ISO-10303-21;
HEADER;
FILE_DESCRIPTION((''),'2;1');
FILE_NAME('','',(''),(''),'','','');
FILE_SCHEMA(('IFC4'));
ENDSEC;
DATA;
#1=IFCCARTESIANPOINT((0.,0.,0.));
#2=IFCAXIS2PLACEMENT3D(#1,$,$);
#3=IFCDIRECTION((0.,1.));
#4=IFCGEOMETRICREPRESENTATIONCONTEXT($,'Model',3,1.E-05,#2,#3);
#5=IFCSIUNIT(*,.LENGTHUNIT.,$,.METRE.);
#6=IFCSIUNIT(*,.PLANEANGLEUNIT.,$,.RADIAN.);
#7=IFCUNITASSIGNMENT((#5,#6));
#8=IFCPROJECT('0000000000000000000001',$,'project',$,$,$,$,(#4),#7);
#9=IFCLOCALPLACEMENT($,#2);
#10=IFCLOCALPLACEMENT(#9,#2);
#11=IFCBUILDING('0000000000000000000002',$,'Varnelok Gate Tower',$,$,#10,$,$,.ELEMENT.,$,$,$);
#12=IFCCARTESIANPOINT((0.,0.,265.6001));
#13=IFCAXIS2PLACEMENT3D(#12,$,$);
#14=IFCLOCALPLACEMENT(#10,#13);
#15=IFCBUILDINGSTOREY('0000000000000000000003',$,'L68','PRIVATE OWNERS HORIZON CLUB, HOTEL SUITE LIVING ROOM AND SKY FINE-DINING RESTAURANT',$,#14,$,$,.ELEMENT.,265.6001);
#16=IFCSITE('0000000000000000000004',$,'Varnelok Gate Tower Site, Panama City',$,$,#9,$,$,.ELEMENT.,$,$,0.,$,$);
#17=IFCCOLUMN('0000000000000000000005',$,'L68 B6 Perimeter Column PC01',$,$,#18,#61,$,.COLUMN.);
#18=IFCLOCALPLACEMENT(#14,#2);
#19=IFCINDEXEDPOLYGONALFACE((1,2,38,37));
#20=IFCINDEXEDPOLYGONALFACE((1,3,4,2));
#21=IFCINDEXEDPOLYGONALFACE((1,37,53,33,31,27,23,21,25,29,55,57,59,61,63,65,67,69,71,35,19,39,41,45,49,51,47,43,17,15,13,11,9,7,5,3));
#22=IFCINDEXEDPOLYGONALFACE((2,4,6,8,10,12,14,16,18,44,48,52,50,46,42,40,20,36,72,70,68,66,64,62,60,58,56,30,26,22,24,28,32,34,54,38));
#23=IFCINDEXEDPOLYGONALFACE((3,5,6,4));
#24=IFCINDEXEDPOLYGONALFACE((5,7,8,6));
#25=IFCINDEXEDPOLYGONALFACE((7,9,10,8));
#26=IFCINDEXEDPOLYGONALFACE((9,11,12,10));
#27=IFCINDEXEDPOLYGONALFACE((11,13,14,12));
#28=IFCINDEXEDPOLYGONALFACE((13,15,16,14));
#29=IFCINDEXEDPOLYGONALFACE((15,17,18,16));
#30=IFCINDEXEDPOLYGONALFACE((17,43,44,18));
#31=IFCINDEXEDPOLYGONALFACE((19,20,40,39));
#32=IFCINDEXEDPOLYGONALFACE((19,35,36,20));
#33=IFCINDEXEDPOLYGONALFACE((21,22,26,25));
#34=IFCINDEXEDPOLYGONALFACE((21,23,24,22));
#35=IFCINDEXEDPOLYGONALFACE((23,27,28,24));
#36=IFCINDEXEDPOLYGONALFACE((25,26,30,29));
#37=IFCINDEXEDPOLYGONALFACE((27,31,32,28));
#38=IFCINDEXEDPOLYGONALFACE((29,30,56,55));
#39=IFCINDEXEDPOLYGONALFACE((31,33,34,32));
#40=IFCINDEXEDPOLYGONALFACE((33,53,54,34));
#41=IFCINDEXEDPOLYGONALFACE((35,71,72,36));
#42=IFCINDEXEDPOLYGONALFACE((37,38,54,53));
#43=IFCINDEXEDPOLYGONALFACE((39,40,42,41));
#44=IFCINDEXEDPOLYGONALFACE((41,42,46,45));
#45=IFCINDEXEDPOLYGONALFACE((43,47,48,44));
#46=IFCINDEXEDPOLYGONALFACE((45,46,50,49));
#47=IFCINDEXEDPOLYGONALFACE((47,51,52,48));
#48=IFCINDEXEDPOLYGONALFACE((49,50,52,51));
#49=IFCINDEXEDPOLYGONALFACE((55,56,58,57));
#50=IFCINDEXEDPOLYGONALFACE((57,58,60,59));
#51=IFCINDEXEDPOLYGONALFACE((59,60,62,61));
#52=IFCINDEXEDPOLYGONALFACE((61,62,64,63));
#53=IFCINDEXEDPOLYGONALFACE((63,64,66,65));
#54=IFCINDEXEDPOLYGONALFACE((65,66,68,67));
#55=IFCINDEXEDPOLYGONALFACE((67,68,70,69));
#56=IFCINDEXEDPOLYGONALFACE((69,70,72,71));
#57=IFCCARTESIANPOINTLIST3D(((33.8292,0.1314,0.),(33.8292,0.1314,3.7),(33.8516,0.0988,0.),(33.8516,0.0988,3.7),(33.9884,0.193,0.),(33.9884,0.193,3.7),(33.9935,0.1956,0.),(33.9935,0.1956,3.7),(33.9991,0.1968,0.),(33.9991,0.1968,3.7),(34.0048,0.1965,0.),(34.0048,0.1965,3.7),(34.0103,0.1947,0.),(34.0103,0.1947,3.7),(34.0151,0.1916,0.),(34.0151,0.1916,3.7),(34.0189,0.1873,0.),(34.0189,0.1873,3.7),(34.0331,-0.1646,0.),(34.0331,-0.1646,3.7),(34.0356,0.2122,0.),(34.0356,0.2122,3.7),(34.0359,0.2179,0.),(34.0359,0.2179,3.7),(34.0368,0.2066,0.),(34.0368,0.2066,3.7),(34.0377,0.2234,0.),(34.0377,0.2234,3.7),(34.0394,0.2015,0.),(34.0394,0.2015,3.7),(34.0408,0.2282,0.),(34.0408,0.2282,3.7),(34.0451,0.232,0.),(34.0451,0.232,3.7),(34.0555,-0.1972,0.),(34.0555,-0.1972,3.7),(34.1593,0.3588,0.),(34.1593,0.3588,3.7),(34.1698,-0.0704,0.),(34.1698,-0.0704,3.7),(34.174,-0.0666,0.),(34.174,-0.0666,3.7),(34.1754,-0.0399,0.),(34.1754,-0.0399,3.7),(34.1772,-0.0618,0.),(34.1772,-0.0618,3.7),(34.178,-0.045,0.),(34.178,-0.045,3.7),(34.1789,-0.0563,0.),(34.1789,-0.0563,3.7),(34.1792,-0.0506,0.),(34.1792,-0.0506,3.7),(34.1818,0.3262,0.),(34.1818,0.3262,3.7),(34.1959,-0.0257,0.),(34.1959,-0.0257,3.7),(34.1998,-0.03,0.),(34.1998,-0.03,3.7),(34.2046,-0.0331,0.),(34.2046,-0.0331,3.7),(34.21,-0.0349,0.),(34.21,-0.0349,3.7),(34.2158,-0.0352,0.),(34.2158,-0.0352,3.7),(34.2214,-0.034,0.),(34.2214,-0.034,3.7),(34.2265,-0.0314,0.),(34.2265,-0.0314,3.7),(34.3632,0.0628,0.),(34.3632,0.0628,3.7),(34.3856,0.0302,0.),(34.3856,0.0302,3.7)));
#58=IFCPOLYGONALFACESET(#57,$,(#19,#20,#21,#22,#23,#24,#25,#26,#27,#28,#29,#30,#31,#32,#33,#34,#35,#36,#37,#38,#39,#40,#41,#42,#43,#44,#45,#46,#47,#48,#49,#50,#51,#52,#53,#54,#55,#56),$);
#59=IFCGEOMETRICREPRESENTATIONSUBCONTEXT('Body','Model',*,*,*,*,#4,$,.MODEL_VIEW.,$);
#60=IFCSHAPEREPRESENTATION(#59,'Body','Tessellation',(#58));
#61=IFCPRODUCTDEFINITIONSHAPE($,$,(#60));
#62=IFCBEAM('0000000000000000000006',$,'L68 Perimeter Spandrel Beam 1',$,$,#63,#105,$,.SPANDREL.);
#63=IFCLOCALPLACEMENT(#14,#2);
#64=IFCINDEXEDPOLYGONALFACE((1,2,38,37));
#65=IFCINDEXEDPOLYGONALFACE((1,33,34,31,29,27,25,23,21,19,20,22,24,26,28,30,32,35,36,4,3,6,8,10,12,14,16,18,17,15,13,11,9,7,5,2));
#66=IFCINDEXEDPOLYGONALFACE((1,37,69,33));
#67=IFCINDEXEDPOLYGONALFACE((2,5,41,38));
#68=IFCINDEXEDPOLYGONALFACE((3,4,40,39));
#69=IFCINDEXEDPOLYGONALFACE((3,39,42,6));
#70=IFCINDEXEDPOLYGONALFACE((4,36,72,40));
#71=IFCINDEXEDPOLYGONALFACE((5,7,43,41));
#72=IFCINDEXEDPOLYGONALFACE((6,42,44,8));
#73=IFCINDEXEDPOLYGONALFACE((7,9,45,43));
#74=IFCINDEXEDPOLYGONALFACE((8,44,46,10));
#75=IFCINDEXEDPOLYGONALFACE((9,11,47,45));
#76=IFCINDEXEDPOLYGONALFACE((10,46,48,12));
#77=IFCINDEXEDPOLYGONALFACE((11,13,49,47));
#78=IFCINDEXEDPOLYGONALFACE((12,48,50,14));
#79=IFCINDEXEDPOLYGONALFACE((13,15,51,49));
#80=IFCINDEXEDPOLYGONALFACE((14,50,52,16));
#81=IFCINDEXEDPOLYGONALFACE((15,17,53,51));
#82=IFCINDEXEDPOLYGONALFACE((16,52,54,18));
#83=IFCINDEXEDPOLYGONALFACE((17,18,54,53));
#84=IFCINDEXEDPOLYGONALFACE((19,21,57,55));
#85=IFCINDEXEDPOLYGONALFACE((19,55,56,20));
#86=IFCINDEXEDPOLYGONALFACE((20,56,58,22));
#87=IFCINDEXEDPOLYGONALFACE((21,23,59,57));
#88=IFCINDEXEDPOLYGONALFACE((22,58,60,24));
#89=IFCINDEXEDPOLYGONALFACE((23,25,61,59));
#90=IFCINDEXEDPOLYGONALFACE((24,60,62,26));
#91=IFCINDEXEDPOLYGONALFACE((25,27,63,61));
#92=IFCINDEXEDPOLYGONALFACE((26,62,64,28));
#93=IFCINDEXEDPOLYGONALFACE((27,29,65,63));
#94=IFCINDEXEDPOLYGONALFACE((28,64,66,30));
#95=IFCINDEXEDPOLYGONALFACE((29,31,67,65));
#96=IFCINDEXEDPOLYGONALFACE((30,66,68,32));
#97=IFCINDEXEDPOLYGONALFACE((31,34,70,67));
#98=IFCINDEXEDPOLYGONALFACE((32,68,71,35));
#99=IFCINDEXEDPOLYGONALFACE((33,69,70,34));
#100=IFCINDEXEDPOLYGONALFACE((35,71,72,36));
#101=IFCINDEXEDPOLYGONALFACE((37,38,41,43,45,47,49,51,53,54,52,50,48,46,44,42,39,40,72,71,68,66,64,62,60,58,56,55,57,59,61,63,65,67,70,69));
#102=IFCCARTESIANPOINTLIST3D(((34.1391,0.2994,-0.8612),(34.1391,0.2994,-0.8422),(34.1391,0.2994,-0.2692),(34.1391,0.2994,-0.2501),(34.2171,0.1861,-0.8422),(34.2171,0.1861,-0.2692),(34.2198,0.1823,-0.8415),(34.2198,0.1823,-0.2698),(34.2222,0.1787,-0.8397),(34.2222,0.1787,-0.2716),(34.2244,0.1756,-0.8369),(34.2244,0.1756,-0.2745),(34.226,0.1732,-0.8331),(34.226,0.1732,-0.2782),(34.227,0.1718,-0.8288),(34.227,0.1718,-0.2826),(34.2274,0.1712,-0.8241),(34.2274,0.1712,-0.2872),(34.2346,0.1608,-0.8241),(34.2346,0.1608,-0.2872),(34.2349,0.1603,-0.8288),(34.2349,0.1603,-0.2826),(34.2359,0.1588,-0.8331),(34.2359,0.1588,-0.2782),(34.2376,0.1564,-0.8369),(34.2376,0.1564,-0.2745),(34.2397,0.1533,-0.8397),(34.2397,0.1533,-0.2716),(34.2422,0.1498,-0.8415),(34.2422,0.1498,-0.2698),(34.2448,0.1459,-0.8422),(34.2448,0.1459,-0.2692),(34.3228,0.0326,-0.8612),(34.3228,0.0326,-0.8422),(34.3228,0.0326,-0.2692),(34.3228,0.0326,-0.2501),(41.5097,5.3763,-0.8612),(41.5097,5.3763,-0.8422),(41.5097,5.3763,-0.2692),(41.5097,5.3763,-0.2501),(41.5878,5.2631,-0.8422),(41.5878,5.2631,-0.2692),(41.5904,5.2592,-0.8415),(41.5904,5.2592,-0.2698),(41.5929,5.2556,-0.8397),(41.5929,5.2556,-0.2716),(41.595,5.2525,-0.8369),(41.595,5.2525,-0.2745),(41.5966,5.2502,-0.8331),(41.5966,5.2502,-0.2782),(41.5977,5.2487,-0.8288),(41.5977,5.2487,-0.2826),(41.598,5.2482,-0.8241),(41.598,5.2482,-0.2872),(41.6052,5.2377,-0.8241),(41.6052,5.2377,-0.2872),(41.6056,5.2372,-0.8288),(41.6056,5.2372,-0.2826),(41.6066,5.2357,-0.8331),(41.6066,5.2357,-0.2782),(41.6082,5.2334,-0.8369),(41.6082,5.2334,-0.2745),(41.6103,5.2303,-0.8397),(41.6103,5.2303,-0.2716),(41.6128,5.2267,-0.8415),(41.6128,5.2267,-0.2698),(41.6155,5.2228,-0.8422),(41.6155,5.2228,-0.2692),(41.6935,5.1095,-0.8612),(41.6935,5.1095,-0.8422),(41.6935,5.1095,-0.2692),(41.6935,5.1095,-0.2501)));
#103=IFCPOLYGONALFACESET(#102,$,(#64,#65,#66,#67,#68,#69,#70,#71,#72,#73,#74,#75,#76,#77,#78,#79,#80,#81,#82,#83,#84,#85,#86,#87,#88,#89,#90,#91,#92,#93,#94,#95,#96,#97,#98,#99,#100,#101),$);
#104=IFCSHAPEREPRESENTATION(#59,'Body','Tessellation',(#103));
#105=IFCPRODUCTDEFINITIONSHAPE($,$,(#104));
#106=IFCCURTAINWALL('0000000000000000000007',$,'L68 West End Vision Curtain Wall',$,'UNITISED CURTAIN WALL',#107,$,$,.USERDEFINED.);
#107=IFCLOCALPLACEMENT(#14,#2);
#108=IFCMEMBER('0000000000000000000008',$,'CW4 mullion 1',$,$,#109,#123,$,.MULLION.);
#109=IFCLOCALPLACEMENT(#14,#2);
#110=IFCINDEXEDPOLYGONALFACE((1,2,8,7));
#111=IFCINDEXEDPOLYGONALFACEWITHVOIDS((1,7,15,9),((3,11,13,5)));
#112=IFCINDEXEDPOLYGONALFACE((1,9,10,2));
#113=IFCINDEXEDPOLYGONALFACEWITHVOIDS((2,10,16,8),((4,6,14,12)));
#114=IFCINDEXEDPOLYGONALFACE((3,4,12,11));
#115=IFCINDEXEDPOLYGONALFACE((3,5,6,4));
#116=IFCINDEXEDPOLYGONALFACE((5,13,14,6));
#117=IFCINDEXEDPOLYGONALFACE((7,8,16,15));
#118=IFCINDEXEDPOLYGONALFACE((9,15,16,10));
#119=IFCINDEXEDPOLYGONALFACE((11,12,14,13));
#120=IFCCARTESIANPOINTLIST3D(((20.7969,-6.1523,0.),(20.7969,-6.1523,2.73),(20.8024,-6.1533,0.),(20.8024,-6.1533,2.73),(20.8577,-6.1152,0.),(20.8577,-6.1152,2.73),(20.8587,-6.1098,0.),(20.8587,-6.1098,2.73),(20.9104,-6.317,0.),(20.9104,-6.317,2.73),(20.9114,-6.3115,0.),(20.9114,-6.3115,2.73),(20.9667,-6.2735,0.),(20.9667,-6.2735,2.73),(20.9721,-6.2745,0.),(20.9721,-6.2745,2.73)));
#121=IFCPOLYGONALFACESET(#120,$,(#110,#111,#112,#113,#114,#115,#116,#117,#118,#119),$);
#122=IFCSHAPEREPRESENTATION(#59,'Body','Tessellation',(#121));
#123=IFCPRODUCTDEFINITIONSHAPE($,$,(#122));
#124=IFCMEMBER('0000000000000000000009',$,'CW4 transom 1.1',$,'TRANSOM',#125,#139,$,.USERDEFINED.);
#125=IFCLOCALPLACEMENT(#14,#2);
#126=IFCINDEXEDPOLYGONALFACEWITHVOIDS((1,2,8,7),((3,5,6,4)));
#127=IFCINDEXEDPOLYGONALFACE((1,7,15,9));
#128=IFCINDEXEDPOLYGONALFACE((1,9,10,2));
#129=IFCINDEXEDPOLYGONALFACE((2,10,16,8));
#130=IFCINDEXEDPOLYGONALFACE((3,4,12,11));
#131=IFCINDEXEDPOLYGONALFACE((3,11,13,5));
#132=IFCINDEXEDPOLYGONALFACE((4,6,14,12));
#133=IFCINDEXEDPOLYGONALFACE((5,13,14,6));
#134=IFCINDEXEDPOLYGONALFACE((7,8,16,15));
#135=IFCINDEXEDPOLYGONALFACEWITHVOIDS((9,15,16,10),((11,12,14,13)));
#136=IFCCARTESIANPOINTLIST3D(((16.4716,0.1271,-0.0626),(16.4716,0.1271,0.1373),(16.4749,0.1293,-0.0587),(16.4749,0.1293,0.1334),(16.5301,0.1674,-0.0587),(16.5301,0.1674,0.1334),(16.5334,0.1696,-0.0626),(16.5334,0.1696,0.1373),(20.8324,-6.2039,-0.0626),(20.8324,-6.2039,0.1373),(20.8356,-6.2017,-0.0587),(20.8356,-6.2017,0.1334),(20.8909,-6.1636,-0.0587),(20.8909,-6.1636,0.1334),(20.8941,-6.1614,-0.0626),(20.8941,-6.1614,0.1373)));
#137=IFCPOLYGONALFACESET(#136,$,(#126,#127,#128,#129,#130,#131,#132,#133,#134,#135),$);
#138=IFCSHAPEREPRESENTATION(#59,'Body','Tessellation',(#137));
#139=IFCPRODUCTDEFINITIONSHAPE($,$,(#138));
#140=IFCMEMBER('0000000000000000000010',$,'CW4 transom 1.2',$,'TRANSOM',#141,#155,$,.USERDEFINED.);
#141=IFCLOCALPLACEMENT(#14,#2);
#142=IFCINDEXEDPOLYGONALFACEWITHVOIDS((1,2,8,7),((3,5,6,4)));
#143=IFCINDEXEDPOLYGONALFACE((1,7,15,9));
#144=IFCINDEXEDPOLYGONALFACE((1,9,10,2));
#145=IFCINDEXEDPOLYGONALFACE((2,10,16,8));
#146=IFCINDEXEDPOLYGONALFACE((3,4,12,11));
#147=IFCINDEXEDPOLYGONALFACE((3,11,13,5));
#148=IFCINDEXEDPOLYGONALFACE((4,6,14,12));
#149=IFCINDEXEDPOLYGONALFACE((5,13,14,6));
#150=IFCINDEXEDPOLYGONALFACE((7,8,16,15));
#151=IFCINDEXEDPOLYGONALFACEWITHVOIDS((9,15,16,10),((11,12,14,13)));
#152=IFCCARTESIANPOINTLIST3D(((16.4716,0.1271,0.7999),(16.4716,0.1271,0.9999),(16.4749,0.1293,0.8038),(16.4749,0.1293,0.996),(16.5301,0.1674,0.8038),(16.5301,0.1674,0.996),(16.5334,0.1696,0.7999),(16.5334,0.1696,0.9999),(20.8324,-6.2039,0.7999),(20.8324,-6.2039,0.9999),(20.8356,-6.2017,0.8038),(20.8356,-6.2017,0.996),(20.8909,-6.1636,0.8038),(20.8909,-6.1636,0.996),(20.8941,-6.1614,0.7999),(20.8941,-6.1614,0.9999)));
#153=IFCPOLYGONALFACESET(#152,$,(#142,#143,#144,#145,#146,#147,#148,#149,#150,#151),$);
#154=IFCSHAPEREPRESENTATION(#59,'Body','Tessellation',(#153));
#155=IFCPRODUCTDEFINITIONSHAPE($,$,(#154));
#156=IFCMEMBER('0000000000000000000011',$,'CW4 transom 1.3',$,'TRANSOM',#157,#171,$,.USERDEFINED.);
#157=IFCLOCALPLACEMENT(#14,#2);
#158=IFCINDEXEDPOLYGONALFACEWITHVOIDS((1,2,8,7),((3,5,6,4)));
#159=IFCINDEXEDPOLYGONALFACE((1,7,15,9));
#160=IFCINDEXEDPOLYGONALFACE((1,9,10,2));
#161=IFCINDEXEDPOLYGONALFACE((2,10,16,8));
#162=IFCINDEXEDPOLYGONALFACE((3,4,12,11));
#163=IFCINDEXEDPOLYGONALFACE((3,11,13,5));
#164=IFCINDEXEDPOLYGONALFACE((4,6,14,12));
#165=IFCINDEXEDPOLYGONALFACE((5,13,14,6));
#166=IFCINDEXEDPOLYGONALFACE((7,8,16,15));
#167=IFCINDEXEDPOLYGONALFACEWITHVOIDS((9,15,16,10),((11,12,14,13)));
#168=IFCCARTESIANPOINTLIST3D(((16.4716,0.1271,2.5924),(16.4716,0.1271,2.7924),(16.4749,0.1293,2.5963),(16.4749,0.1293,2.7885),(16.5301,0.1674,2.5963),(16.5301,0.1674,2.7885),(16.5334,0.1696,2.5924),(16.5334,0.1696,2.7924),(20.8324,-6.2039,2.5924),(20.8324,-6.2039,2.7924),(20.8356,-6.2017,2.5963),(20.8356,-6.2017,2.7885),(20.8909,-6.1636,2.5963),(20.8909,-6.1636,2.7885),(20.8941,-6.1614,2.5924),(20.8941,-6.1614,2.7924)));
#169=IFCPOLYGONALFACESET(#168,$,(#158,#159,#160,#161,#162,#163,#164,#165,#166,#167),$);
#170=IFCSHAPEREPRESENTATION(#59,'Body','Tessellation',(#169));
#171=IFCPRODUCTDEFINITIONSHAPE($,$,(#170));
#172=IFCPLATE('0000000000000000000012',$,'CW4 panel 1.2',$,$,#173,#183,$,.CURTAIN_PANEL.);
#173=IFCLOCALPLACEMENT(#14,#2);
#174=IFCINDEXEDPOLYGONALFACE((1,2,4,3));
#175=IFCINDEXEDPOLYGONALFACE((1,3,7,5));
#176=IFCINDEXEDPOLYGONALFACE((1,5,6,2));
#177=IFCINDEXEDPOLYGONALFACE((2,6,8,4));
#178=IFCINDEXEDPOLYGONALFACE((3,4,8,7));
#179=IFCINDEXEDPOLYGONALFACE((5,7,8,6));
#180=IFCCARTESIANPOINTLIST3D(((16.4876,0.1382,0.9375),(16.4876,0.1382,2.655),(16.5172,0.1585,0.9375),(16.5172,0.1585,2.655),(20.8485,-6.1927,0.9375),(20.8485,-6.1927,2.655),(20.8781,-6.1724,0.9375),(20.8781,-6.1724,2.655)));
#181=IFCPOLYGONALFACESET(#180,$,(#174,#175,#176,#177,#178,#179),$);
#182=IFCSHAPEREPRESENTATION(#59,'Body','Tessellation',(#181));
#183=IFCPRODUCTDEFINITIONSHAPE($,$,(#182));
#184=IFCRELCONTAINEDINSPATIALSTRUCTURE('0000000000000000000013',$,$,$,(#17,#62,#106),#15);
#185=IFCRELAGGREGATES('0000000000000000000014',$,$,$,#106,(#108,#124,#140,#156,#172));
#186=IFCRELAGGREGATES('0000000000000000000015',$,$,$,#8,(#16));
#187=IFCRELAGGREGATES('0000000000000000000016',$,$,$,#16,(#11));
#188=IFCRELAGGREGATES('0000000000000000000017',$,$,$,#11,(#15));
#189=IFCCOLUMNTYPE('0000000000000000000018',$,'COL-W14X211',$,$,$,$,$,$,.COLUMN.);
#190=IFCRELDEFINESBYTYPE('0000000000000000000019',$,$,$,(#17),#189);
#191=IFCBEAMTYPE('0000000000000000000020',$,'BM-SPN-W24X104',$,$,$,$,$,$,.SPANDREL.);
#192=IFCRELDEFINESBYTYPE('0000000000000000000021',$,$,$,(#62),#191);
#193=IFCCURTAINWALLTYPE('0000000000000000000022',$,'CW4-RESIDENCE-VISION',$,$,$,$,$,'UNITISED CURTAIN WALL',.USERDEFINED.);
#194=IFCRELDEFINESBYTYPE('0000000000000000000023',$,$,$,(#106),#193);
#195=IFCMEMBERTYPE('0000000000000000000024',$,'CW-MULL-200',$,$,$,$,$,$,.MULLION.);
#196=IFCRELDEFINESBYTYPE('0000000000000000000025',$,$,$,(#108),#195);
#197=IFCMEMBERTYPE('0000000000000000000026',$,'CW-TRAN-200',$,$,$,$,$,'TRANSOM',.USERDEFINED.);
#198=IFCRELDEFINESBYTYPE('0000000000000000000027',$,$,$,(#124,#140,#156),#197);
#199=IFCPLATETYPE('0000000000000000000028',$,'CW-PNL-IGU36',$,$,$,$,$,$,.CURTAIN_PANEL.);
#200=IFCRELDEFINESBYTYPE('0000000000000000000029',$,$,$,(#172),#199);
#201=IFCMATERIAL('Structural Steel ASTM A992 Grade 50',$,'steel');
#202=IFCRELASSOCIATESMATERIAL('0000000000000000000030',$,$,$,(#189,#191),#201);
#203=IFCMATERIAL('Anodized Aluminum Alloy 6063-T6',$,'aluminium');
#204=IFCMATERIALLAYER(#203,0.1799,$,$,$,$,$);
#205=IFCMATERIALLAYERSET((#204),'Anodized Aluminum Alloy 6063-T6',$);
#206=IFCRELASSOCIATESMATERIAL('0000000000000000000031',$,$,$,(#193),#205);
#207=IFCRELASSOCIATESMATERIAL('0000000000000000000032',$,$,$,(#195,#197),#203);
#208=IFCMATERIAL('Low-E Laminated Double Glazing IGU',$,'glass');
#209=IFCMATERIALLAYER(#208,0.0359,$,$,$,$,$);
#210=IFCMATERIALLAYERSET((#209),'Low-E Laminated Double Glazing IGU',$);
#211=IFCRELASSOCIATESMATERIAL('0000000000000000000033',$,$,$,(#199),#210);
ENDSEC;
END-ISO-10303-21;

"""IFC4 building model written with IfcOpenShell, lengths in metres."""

from ifc_helpers import new_model, si_unit, direction, frame, origin, origin_2d, place, context, subcontext, project, spatial, rectangle, hollow_rectangle, i_section, extrude, source, transform, mapped, material, layer, layer_set, material_profile, profile_set, type_object, element, aggregate, save


model = new_model("IFC4")

# Units and contexts
model_context = context("Model", 3, precision=1e-05, world=origin(), true_north=direction((0.0, 1.0)))
body_context = subcontext(model_context, "Body", "Model", "MODEL_VIEW")
ifc_project = project(units=[si_unit("LENGTHUNIT", "METRE"), si_unit("PLANEANGLEUNIT", "RADIAN")], contexts=[model_context])

# Site, building, storey
site_placement = place(None, origin())
site = spatial("IfcSite", under=ifc_project, at=site_placement, Name="Varnelok Gate Tower Site, Panama City", CompositionType="ELEMENT", RefElevation=0.0)
building_placement = place(site_placement, origin())
building = spatial("IfcBuilding", under=site, at=building_placement, Name="Varnelok Gate Tower", CompositionType="ELEMENT")
storey_placement = place(building_placement, frame((0.0, 0.0, 265.6001)))
storey = spatial("IfcBuildingStorey", under=building, at=storey_placement, Name="L68", Description="PRIVATE OWNERS HORIZON CLUB, HOTEL SUITE LIVING ROOM AND SKY FINE-DINING RESTAURANT", CompositionType="ELEMENT", Elevation=265.6001)

# Column
ifc_material_1 = material(Name="Structural Steel ASTM A992 Grade 50", Category="steel")
ifc_material_profile_1 = material_profile(ifc_material_1, i_section(OverallWidth=0.4009, OverallDepth=0.3989, WebThickness=0.0249, FlangeThickness=0.0396, FilletRadius=0.022, at=origin_2d()), Name="W14X211")
ifc_profile_set_1 = profile_set([ifc_material_profile_1], Name="Structural Steel ASTM A992 Grade 50")
column_type = type_object("IfcColumnType", Name="COL-W14X211", PredefinedType="COLUMN", material=ifc_profile_set_1)
column_placement = place(storey_placement, frame((34.1074, 0.0808, 0.0), z_axis=(0.0, 0.0, 1.0), x_axis=(0.823533, 0.567269, 0.0)))
element("IfcColumn", 1, at=column_placement, inside=storey, type_object=column_type, Name="L68 B6 Perimeter Column PC01", PredefinedType="COLUMN", context=body_context, shape_type="SweptSolid", body=[
    extrude(i_section(OverallWidth=0.4009, OverallDepth=0.3989, WebThickness=0.0249, FlangeThickness=0.0396, FilletRadius=0.022, at=origin_2d()), origin(), (0.0, 0.0, 1.0), 3.7),
])

# Beam
ifc_material_profile_2 = material_profile(ifc_material_1, i_section(OverallWidth=0.324, OverallDepth=0.6111, WebThickness=0.0127, FlangeThickness=0.019, FilletRadius=0.0181, at=origin_2d()), Name="W24X104")
ifc_profile_set_2 = profile_set([ifc_material_profile_2], Name="Structural Steel ASTM A992 Grade 50")
beam_type = type_object("IfcBeamType", Name="BM-SPN-W24X104", PredefinedType="SPANDREL", material=ifc_profile_set_2)
beam_placement = place(storey_placement, frame((34.231, 0.166, -0.5557), z_axis=(0.82354, 0.567258, 0.0), x_axis=(-0.567258, 0.82354, 0.0)))
element("IfcBeam", 2, at=beam_placement, inside=storey, type_object=beam_type, Name="L68 Perimeter Spandrel Beam 1", PredefinedType="SPANDREL", context=body_context, shape_type="SweptSolid", body=[
    extrude(i_section(OverallWidth=0.324, OverallDepth=0.6111, WebThickness=0.0127, FlangeThickness=0.019, FilletRadius=0.0181, at=origin_2d()), origin(), (0.0, 0.0, 1.0), 8.95),
])

# Curtain wall, members, plate
ifc_material_2 = material(Name="Anodized Aluminum Alloy 6063-T6", Category="aluminium")
ifc_layer_1 = layer(ifc_material_2, 0.1799)
ifc_layer_set_1 = layer_set([ifc_layer_1], Name="Anodized Aluminum Alloy 6063-T6")
curtain_wall_type = type_object("IfcCurtainWallType", Name="CW4-RESIDENCE-VISION", ElementType="UNITISED CURTAIN WALL", PredefinedType="USERDEFINED", material=ifc_layer_set_1)
curtain_wall_placement = place(storey_placement, origin())
curtain_wall = element("IfcCurtainWall", 3, at=curtain_wall_placement, inside=storey, type_object=curtain_wall_type, Name="L68 West End Vision Curtain Wall", ObjectType="UNITISED CURTAIN WALL", PredefinedType="USERDEFINED")
ifc_material_profile_3 = material_profile(ifc_material_2, hollow_rectangle(XDim=0.075, YDim=0.2, WallThickness=0.0039, at=origin_2d()), Name="ALU200X75X4")
ifc_profile_set_3 = profile_set([ifc_material_profile_3], Name="Anodized Aluminum Alloy 6063-T6")
member_type_1 = type_object("IfcMemberType", Name="CW-MULL-200", PredefinedType="MULLION", material=ifc_profile_set_3)
member_1_placement = place(storey_placement, frame((20.8845, -6.2134, 0.0), z_axis=(0.0, 0.0, 1.0), x_axis=(-0.823532, -0.567269, 0.0)))
member_1 = element("IfcMember", 4, at=member_1_placement, type_object=member_type_1, Name="CW4 mullion 1", PredefinedType="MULLION", context=body_context, shape_type="SweptSolid", body=[
    extrude(hollow_rectangle(XDim=0.075, YDim=0.2, WallThickness=0.0039, at=origin_2d()), origin(), (0.0, 0.0, 1.0), 2.73),
])
ifc_material_profile_4 = material_profile(ifc_material_2, hollow_rectangle(XDim=0.075, YDim=0.2, WallThickness=0.0039, at=origin_2d()), Name="ALU200X75X4")
ifc_profile_set_4 = profile_set([ifc_material_profile_4], Name="Anodized Aluminum Alloy 6063-T6")
member_type_2 = type_object("IfcMemberType", Name="CW-TRAN-200", ElementType="TRANSOM", PredefinedType="USERDEFINED", material=ifc_profile_set_4)
member_2_placement = place(storey_placement, frame((20.8633, -6.1826, 0.0374), z_axis=(-0.567256, 0.823541, 0.0), x_axis=(-0.823541, -0.567256, 0.0)))
member_2 = element("IfcMember", 5, at=member_2_placement, type_object=member_type_2, Name="CW4 transom 1.1", ObjectType="TRANSOM", PredefinedType="USERDEFINED", context=body_context, shape_type="SweptSolid", body=[
    extrude(hollow_rectangle(XDim=0.075, YDim=0.2, WallThickness=0.0039, at=origin_2d()), origin(), (0.0, 0.0, 1.0), 7.6875),
])
member_3_placement = place(storey_placement, frame((20.8633, -6.1826, 0.8999), z_axis=(-0.567256, 0.823541, 0.0), x_axis=(-0.823541, -0.567256, 0.0)))
member_3 = element("IfcMember", 6, at=member_3_placement, type_object=member_type_2, Name="CW4 transom 1.2", ObjectType="TRANSOM", PredefinedType="USERDEFINED", context=body_context, shape_type="SweptSolid", body=[
    extrude(hollow_rectangle(XDim=0.075, YDim=0.2, WallThickness=0.0039, at=origin_2d()), origin(), (0.0, 0.0, 1.0), 7.6875),
])
member_4_placement = place(storey_placement, frame((20.8633, -6.1826, 2.6924), z_axis=(-0.567256, 0.823541, 0.0), x_axis=(-0.823541, -0.567256, 0.0)))
member_4 = element("IfcMember", 7, at=member_4_placement, type_object=member_type_2, Name="CW4 transom 1.3", ObjectType="TRANSOM", PredefinedType="USERDEFINED", context=body_context, shape_type="SweptSolid", body=[
    extrude(hollow_rectangle(XDim=0.075, YDim=0.2, WallThickness=0.0039, at=origin_2d()), origin(), (0.0, 0.0, 1.0), 7.6875),
])
ifc_material_3 = material(Name="Low-E Laminated Double Glazing IGU", Category="glass")
ifc_layer_2 = layer(ifc_material_3, 0.0359)
ifc_layer_set_2 = layer_set([ifc_layer_2], Name="Low-E Laminated Double Glazing IGU")
plate_type = type_object("IfcPlateType", Name="CW-PNL-IGU36", PredefinedType="CURTAIN_PANEL", material=ifc_layer_set_2)
shared_shape_1 = source(origin(), body_context, "Body", "SweptSolid", [
    extrude(rectangle(XDim=7.6875, YDim=0.0359, at=origin_2d()), origin(), (0.0, 0.0, 1.0), 1.7175),
])
plate_placement = place(storey_placement, frame((18.6829, -3.0171, 0.9375), z_axis=(0.0, 0.0, 1.0), x_axis=(-0.567269, 0.823532, 0.0)))
plate = element("IfcPlate", 8, at=plate_placement, type_object=plate_type, Name="CW4 panel 1.2", PredefinedType="CURTAIN_PANEL", context=body_context, shape_type="MappedRepresentation", body=[
    mapped(shared_shape_1, transform((0.0, 0.0, 0.0), scale=1.0)),
])
aggregate(curtain_wall, [member_1, member_2, member_3, member_4, plate])

save(model, "model.ifc")
